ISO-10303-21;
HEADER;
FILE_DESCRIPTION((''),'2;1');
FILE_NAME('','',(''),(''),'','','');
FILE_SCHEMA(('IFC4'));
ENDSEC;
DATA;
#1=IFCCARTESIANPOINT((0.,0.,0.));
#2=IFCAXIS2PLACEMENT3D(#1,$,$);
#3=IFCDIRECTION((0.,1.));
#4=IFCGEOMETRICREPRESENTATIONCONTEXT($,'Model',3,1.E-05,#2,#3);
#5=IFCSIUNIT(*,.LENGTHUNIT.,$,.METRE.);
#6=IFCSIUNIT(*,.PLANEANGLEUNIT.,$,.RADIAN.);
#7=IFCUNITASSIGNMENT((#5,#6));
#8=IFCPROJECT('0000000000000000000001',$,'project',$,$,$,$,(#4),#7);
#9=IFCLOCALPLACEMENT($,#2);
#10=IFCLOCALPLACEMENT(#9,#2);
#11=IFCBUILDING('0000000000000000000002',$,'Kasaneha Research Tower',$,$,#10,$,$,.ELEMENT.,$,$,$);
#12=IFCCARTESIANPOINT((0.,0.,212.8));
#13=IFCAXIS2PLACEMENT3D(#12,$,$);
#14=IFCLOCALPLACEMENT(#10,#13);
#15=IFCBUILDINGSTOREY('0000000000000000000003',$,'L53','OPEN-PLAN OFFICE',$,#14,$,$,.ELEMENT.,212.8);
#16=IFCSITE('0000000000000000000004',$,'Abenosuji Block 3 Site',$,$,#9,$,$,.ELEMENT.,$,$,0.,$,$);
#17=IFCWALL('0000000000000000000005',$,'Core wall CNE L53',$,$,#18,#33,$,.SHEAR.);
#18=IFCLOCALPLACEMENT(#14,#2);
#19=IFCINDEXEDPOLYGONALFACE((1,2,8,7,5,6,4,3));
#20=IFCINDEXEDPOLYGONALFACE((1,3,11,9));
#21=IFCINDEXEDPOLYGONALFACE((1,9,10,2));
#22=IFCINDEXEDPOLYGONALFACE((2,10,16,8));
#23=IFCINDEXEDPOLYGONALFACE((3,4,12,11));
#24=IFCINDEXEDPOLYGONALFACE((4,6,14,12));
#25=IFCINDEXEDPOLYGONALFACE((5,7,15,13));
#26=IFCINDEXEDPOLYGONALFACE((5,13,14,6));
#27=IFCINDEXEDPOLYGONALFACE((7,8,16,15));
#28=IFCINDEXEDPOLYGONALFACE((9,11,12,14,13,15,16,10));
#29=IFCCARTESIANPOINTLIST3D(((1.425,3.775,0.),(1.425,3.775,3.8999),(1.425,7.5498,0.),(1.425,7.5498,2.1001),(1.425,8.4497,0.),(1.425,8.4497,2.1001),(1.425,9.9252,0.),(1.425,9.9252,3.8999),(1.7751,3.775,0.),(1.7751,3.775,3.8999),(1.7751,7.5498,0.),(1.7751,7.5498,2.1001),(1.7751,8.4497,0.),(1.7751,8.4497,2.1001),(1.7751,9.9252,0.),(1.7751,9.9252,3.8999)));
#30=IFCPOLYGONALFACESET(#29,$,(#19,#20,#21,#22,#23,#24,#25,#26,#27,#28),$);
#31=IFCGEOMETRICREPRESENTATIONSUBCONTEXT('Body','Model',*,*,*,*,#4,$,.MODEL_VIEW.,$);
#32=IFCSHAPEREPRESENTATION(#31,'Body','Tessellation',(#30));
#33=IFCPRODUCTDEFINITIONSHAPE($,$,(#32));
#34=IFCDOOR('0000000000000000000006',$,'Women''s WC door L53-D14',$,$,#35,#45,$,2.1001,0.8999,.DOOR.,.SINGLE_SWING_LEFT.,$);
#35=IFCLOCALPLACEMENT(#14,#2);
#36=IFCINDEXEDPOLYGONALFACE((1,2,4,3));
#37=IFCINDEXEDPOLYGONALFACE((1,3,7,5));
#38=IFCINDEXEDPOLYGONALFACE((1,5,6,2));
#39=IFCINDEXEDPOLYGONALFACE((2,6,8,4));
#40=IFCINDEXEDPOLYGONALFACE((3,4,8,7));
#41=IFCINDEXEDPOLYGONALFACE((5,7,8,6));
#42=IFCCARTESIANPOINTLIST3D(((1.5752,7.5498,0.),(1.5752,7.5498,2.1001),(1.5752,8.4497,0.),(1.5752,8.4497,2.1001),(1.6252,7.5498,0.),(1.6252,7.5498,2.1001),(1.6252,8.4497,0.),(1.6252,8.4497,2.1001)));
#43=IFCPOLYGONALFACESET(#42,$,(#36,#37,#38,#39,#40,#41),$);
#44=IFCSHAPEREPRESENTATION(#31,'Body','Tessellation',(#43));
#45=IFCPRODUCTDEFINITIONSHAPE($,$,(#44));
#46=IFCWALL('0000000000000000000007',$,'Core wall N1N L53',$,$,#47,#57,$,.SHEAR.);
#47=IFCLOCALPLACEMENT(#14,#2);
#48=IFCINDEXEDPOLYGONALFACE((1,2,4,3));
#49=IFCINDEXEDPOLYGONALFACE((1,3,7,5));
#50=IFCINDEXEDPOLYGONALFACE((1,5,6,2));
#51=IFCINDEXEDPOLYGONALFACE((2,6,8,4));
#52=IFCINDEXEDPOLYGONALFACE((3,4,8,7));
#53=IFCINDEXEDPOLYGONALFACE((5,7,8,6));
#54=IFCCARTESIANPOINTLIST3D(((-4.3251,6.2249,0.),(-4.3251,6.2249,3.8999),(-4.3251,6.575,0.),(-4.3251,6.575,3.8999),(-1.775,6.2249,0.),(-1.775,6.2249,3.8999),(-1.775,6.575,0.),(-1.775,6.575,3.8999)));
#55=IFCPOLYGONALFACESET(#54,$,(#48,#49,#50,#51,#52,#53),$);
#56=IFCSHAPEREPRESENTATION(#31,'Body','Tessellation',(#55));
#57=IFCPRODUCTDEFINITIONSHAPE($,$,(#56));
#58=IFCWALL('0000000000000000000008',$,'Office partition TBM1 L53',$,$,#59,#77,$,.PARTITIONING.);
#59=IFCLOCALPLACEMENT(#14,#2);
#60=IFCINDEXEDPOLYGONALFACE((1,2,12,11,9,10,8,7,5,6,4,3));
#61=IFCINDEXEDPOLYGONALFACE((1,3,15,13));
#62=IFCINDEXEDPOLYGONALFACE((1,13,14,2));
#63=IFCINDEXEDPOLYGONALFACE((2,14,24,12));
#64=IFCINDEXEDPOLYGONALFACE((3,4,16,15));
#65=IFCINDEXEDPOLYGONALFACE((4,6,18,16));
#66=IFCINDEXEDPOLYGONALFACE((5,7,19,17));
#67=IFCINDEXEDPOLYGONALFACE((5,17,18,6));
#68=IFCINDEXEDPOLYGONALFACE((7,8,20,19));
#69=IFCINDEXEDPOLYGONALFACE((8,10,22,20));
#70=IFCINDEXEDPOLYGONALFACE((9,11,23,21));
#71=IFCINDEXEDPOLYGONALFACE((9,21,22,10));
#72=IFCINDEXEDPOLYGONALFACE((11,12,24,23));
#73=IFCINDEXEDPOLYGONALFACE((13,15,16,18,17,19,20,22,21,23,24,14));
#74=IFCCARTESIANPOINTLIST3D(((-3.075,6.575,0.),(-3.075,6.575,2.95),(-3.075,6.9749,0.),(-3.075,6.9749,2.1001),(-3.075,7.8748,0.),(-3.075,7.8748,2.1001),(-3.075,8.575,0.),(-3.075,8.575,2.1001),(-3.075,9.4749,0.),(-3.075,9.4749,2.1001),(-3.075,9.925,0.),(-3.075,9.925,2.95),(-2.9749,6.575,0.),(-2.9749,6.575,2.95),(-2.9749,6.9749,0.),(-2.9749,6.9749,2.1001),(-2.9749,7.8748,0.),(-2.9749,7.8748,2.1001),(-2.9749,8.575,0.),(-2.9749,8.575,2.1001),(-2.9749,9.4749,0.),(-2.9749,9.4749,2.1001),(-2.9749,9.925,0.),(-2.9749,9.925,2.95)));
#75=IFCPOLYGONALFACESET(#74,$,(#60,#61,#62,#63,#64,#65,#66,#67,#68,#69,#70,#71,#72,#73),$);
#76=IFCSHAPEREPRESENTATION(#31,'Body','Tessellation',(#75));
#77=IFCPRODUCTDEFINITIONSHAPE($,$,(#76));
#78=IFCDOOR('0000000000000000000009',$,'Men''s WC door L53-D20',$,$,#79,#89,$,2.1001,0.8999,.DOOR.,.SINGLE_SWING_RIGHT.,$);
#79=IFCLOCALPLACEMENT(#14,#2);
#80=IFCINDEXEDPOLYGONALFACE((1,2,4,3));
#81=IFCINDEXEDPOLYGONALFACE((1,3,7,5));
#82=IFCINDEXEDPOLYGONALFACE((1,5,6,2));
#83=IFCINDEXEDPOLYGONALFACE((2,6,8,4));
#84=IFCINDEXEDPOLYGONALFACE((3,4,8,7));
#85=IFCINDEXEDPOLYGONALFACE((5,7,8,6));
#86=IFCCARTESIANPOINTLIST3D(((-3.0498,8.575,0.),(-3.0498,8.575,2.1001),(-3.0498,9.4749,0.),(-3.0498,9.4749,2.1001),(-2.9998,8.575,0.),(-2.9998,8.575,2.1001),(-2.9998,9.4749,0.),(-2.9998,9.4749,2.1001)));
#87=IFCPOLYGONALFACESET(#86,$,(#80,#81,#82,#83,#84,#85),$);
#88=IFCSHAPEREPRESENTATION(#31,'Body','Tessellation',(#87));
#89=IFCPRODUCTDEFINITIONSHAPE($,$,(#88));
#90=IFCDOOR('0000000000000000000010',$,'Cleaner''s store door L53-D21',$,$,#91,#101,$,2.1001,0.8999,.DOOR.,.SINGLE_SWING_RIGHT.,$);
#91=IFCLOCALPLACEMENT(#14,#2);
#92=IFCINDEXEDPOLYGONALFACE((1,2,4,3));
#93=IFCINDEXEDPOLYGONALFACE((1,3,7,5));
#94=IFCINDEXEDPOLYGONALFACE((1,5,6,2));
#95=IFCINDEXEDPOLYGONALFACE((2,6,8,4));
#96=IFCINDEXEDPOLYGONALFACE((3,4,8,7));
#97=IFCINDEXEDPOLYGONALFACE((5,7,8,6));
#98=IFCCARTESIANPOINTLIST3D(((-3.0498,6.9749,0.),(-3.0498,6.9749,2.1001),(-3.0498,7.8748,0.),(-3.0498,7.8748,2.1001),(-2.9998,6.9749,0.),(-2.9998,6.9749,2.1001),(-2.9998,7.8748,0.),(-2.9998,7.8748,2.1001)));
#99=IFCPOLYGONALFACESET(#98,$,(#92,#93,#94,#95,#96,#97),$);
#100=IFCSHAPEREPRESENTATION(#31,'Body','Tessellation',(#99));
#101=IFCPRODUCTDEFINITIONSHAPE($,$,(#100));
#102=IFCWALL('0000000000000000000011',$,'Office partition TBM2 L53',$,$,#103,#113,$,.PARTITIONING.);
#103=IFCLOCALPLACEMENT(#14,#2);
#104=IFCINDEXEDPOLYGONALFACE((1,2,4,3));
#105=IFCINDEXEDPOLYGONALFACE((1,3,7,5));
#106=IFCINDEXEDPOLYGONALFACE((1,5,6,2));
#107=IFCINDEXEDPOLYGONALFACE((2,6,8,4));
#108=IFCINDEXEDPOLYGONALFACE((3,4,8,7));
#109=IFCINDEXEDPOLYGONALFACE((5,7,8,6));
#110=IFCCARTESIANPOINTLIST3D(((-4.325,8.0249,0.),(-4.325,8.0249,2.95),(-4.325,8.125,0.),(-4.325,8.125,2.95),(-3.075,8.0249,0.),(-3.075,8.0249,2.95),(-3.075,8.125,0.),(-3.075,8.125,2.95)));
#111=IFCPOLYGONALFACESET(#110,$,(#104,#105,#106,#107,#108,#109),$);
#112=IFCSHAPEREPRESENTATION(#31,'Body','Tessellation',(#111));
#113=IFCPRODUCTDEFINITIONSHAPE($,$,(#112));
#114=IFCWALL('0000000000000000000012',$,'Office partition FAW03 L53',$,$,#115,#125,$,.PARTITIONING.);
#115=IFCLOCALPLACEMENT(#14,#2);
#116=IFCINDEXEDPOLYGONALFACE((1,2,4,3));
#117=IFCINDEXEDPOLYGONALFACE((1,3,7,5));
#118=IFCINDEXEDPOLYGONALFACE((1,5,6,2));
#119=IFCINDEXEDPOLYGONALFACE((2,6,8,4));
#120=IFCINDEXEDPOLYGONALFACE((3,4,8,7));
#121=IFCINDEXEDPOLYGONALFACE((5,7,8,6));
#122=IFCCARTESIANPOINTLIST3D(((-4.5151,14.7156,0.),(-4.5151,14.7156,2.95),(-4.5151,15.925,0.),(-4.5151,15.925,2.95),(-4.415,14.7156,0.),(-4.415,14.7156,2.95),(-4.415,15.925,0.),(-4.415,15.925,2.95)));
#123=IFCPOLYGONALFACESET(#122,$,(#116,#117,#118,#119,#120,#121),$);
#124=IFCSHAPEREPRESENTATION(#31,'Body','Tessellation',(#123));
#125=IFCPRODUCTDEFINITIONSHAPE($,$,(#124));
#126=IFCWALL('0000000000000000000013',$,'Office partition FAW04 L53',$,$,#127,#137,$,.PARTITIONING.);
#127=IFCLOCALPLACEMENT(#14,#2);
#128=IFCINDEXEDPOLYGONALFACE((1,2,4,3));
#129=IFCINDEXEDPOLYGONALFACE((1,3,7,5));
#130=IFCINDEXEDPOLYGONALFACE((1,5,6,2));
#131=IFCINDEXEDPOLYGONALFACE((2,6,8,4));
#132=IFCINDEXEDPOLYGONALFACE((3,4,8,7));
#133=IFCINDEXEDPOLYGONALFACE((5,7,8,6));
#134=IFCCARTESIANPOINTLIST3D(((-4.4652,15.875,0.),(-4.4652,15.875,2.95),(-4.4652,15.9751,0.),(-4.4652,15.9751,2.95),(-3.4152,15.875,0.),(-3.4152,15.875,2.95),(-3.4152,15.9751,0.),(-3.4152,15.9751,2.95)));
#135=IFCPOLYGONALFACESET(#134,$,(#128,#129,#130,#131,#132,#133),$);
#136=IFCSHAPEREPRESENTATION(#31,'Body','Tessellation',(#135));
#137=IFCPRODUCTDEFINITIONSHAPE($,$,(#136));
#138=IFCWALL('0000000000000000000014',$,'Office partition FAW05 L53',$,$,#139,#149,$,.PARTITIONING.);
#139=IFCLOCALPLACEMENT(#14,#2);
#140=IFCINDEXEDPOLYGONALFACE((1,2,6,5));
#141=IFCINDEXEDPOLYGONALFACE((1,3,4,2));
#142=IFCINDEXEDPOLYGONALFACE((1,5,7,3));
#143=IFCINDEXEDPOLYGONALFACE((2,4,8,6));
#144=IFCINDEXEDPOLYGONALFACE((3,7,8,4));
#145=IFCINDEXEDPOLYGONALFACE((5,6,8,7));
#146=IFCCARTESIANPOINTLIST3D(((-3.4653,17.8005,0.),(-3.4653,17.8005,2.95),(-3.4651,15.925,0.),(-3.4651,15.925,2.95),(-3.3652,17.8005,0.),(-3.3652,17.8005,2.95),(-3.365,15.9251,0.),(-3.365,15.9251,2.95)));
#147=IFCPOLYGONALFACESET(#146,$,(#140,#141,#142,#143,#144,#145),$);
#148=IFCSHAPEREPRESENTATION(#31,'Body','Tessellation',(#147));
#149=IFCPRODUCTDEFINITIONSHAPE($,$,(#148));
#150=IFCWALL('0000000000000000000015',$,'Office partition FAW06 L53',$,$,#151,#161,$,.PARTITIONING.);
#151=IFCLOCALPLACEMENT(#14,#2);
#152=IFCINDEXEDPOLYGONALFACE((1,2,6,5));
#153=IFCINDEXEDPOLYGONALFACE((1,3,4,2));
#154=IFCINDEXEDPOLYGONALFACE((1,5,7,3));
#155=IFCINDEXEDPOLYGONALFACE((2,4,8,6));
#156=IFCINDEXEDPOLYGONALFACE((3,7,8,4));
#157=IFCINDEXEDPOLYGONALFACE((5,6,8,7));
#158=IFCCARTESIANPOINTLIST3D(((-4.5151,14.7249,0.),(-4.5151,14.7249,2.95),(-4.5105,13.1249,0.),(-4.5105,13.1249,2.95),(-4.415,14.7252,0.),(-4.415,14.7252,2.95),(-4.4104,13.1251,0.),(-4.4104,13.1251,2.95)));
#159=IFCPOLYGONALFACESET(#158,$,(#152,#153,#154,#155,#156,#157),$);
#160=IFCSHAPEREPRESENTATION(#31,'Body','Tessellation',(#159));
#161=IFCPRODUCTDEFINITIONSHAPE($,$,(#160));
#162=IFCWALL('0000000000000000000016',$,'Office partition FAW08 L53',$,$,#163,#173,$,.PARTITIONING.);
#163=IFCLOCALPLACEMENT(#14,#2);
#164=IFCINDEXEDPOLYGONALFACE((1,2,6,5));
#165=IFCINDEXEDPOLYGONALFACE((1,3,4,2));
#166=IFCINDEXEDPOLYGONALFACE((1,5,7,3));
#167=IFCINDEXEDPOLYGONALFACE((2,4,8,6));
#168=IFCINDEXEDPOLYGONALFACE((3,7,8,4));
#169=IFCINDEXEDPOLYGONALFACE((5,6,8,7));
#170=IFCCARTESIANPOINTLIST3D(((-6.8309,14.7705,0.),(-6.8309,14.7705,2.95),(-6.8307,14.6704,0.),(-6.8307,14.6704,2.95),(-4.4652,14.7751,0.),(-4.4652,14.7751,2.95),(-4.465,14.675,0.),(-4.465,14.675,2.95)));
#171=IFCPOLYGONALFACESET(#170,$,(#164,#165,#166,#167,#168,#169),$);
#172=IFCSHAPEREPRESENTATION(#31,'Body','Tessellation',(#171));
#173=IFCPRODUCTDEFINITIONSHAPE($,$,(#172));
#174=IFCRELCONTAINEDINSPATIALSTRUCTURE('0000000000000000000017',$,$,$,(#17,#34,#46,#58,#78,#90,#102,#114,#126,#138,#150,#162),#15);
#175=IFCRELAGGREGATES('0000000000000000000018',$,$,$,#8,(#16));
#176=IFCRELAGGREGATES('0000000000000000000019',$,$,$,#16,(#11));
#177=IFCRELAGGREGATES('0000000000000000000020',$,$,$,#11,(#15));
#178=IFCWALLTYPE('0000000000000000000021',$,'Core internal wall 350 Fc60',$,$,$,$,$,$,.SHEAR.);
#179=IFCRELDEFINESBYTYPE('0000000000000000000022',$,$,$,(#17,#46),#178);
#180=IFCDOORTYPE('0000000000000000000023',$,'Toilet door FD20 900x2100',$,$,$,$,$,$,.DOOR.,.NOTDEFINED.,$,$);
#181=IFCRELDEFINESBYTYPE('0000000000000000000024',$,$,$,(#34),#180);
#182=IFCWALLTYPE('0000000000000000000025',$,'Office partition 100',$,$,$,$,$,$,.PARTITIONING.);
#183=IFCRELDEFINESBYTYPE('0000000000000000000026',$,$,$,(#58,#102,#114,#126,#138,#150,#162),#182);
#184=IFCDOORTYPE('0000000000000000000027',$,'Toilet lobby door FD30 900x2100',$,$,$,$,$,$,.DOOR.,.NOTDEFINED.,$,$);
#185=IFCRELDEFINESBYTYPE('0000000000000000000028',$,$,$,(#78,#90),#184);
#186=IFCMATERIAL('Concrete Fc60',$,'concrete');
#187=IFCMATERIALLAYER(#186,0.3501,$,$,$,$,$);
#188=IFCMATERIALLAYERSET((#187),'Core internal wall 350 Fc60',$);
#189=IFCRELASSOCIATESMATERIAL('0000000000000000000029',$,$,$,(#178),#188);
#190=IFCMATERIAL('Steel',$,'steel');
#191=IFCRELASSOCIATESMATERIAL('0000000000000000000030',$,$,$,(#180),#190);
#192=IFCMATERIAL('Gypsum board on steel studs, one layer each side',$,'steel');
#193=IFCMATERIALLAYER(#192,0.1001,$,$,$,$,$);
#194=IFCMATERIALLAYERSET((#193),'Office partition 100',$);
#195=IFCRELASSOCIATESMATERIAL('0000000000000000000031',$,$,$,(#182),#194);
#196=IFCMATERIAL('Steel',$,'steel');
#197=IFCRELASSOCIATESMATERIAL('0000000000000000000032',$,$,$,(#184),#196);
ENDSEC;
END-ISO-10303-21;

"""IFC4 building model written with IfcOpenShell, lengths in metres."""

from ifc_helpers import new_model, si_unit, direction, frame, frame_2d, origin, place, context, subcontext, project, spatial, rectangle, extrude, material, layer, layer_set, type_object, element, fill, save


model = new_model("IFC4")

# Units and contexts
model_context = context("Model", 3, precision=1e-05, world=origin(), true_north=direction((0.0, 1.0)))
body_context = subcontext(model_context, "Body", "Model", "MODEL_VIEW")
ifc_project = project(units=[si_unit("LENGTHUNIT", "METRE"), si_unit("PLANEANGLEUNIT", "RADIAN")], contexts=[model_context])

# Site, building, storey
site_placement = place(None, origin())
site = spatial("IfcSite", under=ifc_project, at=site_placement, Name="Abenosuji Block 3 Site", CompositionType="ELEMENT", RefElevation=0.0)
building_placement = place(site_placement, origin())
building = spatial("IfcBuilding", under=site, at=building_placement, Name="Kasaneha Research Tower", CompositionType="ELEMENT")
storey_placement = place(building_placement, frame((0.0, 0.0, 212.8)))
storey = spatial("IfcBuildingStorey", under=building, at=storey_placement, Name="L53", Description="OPEN-PLAN OFFICE", CompositionType="ELEMENT", Elevation=212.8)

# Wall, opening, door
ifc_material_1 = material(Name="Concrete Fc60", Category="concrete")
ifc_layer_1 = layer(ifc_material_1, 0.3501)
ifc_layer_set_1 = layer_set([ifc_layer_1], Name="Core internal wall 350 Fc60")
wall_type_1 = type_object("IfcWallType", Name="Core internal wall 350 Fc60", PredefinedType="SHEAR", material=ifc_layer_set_1)
ifc_material_2 = material(Name="Steel", Category="steel")
door_type_1 = type_object("IfcDoorType", Name="Toilet door FD20 900x2100", OperationType="NOTDEFINED", PredefinedType="DOOR", material=ifc_material_2)
wall_1_placement = place(storey_placement, frame((1.6001, 3.7749, 0.0), z_axis=(0.0, 0.0, 1.0), x_axis=(0.0, 1.0, 0.0)))
wall_1 = element("IfcWall", 1, at=wall_1_placement, inside=storey, type_object=wall_type_1, Name="Core wall CNE L53", PredefinedType="SHEAR", context=body_context, shape_type="SweptSolid", body=[
    extrude(rectangle(XDim=6.1501, YDim=0.3501, at=frame_2d((3.0752, 0.0))), origin(), (0.0, 0.0, 1.0), 3.8999),
])
opening_1_placement = place(wall_1_placement, frame((3.7749, 0.0, 0.0)))
opening_1 = element("IfcOpeningElement", 2, at=opening_1_placement, cuts=wall_1, PredefinedType="OPENING", context=body_context, shape_type="SweptSolid", body=[
    extrude(rectangle(XDim=0.8999, YDim=2.1001, at=frame_2d((0.45, 1.05))), frame((0.0, 0.1851, 0.0), z_axis=(0.0, -1.0, 0.0), x_axis=(1.0, 0.0, 0.0)), (0.0, 0.0, 1.0), 0.3701),
])
door_1_placement = place(opening_1_placement, origin())
door_1 = element("IfcDoor", 3, at=door_1_placement, inside=storey, type_object=door_type_1, Name="Women's WC door L53-D14", OperationType="SINGLE_SWING_LEFT", OverallHeight=2.1001, OverallWidth=0.8999, PredefinedType="DOOR", context=body_context, shape_type="SweptSolid", body=[
    extrude(rectangle(XDim=0.8999, YDim=2.1001, at=frame_2d((0.45, 1.05))), frame((0.0, 0.0249, 0.0), z_axis=(0.0, -1.0, 0.0), x_axis=(1.0, 0.0, 0.0)), (0.0, 0.0, 1.0), 0.05),
])
fill(opening_1, door_1)

# Wall
wall_2_placement = place(storey_placement, frame((-4.325, 6.3999, 0.0), z_axis=(0.0, 0.0, 1.0), x_axis=(1.0, 0.0, 0.0)))
element("IfcWall", 4, at=wall_2_placement, inside=storey, type_object=wall_type_1, Name="Core wall N1N L53", PredefinedType="SHEAR", context=body_context, shape_type="SweptSolid", body=[
    extrude(rectangle(XDim=2.55, YDim=0.3501, at=frame_2d((1.2749, 0.0))), origin(), (0.0, 0.0, 1.0), 3.8999),
])

# Wall, openings, doors
ifc_material_3 = material(Name="Gypsum board on steel studs, one layer each side", Category="steel")
ifc_layer_2 = layer(ifc_material_3, 0.1001)
ifc_layer_set_2 = layer_set([ifc_layer_2], Name="Office partition 100")
wall_type_2 = type_object("IfcWallType", Name="Office partition 100", PredefinedType="PARTITIONING", material=ifc_layer_set_2)
wall_3_placement = place(storey_placement, frame((-3.0249, 6.575, 0.0), z_axis=(0.0, 0.0, 1.0), x_axis=(0.0, 1.0, 0.0)))
wall_3 = element("IfcWall", 5, at=wall_3_placement, inside=storey, type_object=wall_type_2, Name="Office partition TBM1 L53", PredefinedType="PARTITIONING", context=body_context, shape_type="SweptSolid", body=[
    extrude(rectangle(XDim=3.3501, YDim=0.1001, at=frame_2d((1.675, 0.0))), origin(), (0.0, 0.0, 1.0), 2.95),
])
opening_2_placement = place(wall_3_placement, frame((2.0, 0.0, 0.0)))
opening_2 = element("IfcOpeningElement", 6, at=opening_2_placement, cuts=wall_3, PredefinedType="OPENING", context=body_context, shape_type="SweptSolid", body=[
    extrude(rectangle(XDim=0.8999, YDim=2.1001, at=frame_2d((0.45, 1.05))), frame((0.0, 0.0601, 0.0), z_axis=(0.0, -1.0, 0.0), x_axis=(1.0, 0.0, 0.0)), (0.0, 0.0, 1.0), 0.1201),
])
opening_3_placement = place(wall_3_placement, frame((0.3999, 0.0, 0.0)))
opening_3 = element("IfcOpeningElement", 7, at=opening_3_placement, cuts=wall_3, PredefinedType="OPENING", context=body_context, shape_type="SweptSolid", body=[
    extrude(rectangle(XDim=0.8999, YDim=2.1001, at=frame_2d((0.45, 1.05))), frame((0.0, 0.0601, 0.0), z_axis=(0.0, -1.0, 0.0), x_axis=(1.0, 0.0, 0.0)), (0.0, 0.0, 1.0), 0.1201),
])
ifc_material_4 = material(Name="Steel", Category="steel")
door_type_2 = type_object("IfcDoorType", Name="Toilet lobby door FD30 900x2100", OperationType="NOTDEFINED", PredefinedType="DOOR", material=ifc_material_4)
door_2_placement = place(opening_2_placement, origin())
door_2 = element("IfcDoor", 8, at=door_2_placement, inside=storey, type_object=door_type_2, Name="Men's WC door L53-D20", OperationType="SINGLE_SWING_RIGHT", OverallHeight=2.1001, OverallWidth=0.8999, PredefinedType="DOOR", context=body_context, shape_type="SweptSolid", body=[
    extrude(rectangle(XDim=0.8999, YDim=2.1001, at=frame_2d((0.45, 1.05))), frame((0.0, 0.0249, 0.0), z_axis=(0.0, -1.0, 0.0), x_axis=(1.0, 0.0, 0.0)), (0.0, 0.0, 1.0), 0.05),
])
fill(opening_2, door_2)
door_3_placement = place(opening_3_placement, origin())
door_3 = element("IfcDoor", 9, at=door_3_placement, inside=storey, type_object=door_type_2, Name="Cleaner's store door L53-D21", OperationType="SINGLE_SWING_RIGHT", OverallHeight=2.1001, OverallWidth=0.8999, PredefinedType="DOOR", context=body_context, shape_type="SweptSolid", body=[
    extrude(rectangle(XDim=0.8999, YDim=2.1001, at=frame_2d((0.45, 1.05))), frame((0.0, 0.0249, 0.0), z_axis=(0.0, -1.0, 0.0), x_axis=(1.0, 0.0, 0.0)), (0.0, 0.0, 1.0), 0.05),
])
fill(opening_3, door_3)

# Walls
wall_4_placement = place(storey_placement, frame((-3.075, 8.075, 0.0), z_axis=(0.0, 0.0, 1.0), x_axis=(-1.0, 0.0, 0.0)))
element("IfcWall", 10, at=wall_4_placement, inside=storey, type_object=wall_type_2, Name="Office partition TBM2 L53", PredefinedType="PARTITIONING", context=body_context, shape_type="SweptSolid", body=[
    extrude(rectangle(XDim=1.25, YDim=0.1001, at=frame_2d((0.625, 0.0))), origin(), (0.0, 0.0, 1.0), 2.95),
])
wall_5_placement = place(storey_placement, frame((-4.4651, 14.7156, 0.0), z_axis=(0.0, 0.0, 1.0), x_axis=(0.0, 1.0, 0.0)))
element("IfcWall", 11, at=wall_5_placement, inside=storey, type_object=wall_type_2, Name="Office partition FAW03 L53", PredefinedType="PARTITIONING", context=body_context, shape_type="SweptSolid", body=[
    extrude(rectangle(XDim=1.2095, YDim=0.1001, at=frame_2d((0.6047, 0.0))), origin(), (0.0, 0.0, 1.0), 2.95),
])
wall_6_placement = place(storey_placement, frame((-4.4651, 15.925, 0.0), z_axis=(0.0, 0.0, 1.0), x_axis=(1.0, 0.0, 0.0)))
element("IfcWall", 12, at=wall_6_placement, inside=storey, type_object=wall_type_2, Name="Office partition FAW04 L53", PredefinedType="PARTITIONING", context=body_context, shape_type="SweptSolid", body=[
    extrude(rectangle(XDim=1.05, YDim=0.1001, at=frame_2d((0.5249, 0.0))), origin(), (0.0, 0.0, 1.0), 2.95),
])
wall_7_placement = place(storey_placement, frame((-3.415, 15.925, 0.0), z_axis=(0.0, 0.0, 1.0), x_axis=(-0.00013, 1.0, 0.0)))
element("IfcWall", 13, at=wall_7_placement, inside=storey, type_object=wall_type_2, Name="Office partition FAW05 L53", PredefinedType="PARTITIONING", context=body_context, shape_type="SweptSolid", body=[
    extrude(rectangle(XDim=1.8755, YDim=0.1001, at=frame_2d((0.9377, 0.0))), origin(), (0.0, 0.0, 1.0), 2.95),
])
wall_8_placement = place(storey_placement, frame((-4.4604, 13.125, 0.0), z_axis=(0.0, 0.0, 1.0), x_axis=(-0.002899, 0.999996, 0.0)))
element("IfcWall", 14, at=wall_8_placement, inside=storey, type_object=wall_type_2, Name="Office partition FAW06 L53", PredefinedType="PARTITIONING", context=body_context, shape_type="SweptSolid", body=[
    extrude(rectangle(XDim=1.6001, YDim=0.1001, at=frame_2d((0.8, 0.0))), origin(), (0.0, 0.0, 1.0), 2.95),
])
wall_9_placement = place(storey_placement, frame((-4.4651, 14.7251, 0.0), z_axis=(0.0, 0.0, 1.0), x_axis=(-0.999998, -0.001961, 0.0)))
element("IfcWall", 15, at=wall_9_placement, inside=storey, type_object=wall_type_2, Name="Office partition FAW08 L53", PredefinedType="PARTITIONING", context=body_context, shape_type="SweptSolid", body=[
    extrude(rectangle(XDim=2.3657, YDim=0.1001, at=frame_2d((1.1829, 0.0))), origin(), (0.0, 0.0, 1.0), 2.95),
])

save(model, "model.ifc")
